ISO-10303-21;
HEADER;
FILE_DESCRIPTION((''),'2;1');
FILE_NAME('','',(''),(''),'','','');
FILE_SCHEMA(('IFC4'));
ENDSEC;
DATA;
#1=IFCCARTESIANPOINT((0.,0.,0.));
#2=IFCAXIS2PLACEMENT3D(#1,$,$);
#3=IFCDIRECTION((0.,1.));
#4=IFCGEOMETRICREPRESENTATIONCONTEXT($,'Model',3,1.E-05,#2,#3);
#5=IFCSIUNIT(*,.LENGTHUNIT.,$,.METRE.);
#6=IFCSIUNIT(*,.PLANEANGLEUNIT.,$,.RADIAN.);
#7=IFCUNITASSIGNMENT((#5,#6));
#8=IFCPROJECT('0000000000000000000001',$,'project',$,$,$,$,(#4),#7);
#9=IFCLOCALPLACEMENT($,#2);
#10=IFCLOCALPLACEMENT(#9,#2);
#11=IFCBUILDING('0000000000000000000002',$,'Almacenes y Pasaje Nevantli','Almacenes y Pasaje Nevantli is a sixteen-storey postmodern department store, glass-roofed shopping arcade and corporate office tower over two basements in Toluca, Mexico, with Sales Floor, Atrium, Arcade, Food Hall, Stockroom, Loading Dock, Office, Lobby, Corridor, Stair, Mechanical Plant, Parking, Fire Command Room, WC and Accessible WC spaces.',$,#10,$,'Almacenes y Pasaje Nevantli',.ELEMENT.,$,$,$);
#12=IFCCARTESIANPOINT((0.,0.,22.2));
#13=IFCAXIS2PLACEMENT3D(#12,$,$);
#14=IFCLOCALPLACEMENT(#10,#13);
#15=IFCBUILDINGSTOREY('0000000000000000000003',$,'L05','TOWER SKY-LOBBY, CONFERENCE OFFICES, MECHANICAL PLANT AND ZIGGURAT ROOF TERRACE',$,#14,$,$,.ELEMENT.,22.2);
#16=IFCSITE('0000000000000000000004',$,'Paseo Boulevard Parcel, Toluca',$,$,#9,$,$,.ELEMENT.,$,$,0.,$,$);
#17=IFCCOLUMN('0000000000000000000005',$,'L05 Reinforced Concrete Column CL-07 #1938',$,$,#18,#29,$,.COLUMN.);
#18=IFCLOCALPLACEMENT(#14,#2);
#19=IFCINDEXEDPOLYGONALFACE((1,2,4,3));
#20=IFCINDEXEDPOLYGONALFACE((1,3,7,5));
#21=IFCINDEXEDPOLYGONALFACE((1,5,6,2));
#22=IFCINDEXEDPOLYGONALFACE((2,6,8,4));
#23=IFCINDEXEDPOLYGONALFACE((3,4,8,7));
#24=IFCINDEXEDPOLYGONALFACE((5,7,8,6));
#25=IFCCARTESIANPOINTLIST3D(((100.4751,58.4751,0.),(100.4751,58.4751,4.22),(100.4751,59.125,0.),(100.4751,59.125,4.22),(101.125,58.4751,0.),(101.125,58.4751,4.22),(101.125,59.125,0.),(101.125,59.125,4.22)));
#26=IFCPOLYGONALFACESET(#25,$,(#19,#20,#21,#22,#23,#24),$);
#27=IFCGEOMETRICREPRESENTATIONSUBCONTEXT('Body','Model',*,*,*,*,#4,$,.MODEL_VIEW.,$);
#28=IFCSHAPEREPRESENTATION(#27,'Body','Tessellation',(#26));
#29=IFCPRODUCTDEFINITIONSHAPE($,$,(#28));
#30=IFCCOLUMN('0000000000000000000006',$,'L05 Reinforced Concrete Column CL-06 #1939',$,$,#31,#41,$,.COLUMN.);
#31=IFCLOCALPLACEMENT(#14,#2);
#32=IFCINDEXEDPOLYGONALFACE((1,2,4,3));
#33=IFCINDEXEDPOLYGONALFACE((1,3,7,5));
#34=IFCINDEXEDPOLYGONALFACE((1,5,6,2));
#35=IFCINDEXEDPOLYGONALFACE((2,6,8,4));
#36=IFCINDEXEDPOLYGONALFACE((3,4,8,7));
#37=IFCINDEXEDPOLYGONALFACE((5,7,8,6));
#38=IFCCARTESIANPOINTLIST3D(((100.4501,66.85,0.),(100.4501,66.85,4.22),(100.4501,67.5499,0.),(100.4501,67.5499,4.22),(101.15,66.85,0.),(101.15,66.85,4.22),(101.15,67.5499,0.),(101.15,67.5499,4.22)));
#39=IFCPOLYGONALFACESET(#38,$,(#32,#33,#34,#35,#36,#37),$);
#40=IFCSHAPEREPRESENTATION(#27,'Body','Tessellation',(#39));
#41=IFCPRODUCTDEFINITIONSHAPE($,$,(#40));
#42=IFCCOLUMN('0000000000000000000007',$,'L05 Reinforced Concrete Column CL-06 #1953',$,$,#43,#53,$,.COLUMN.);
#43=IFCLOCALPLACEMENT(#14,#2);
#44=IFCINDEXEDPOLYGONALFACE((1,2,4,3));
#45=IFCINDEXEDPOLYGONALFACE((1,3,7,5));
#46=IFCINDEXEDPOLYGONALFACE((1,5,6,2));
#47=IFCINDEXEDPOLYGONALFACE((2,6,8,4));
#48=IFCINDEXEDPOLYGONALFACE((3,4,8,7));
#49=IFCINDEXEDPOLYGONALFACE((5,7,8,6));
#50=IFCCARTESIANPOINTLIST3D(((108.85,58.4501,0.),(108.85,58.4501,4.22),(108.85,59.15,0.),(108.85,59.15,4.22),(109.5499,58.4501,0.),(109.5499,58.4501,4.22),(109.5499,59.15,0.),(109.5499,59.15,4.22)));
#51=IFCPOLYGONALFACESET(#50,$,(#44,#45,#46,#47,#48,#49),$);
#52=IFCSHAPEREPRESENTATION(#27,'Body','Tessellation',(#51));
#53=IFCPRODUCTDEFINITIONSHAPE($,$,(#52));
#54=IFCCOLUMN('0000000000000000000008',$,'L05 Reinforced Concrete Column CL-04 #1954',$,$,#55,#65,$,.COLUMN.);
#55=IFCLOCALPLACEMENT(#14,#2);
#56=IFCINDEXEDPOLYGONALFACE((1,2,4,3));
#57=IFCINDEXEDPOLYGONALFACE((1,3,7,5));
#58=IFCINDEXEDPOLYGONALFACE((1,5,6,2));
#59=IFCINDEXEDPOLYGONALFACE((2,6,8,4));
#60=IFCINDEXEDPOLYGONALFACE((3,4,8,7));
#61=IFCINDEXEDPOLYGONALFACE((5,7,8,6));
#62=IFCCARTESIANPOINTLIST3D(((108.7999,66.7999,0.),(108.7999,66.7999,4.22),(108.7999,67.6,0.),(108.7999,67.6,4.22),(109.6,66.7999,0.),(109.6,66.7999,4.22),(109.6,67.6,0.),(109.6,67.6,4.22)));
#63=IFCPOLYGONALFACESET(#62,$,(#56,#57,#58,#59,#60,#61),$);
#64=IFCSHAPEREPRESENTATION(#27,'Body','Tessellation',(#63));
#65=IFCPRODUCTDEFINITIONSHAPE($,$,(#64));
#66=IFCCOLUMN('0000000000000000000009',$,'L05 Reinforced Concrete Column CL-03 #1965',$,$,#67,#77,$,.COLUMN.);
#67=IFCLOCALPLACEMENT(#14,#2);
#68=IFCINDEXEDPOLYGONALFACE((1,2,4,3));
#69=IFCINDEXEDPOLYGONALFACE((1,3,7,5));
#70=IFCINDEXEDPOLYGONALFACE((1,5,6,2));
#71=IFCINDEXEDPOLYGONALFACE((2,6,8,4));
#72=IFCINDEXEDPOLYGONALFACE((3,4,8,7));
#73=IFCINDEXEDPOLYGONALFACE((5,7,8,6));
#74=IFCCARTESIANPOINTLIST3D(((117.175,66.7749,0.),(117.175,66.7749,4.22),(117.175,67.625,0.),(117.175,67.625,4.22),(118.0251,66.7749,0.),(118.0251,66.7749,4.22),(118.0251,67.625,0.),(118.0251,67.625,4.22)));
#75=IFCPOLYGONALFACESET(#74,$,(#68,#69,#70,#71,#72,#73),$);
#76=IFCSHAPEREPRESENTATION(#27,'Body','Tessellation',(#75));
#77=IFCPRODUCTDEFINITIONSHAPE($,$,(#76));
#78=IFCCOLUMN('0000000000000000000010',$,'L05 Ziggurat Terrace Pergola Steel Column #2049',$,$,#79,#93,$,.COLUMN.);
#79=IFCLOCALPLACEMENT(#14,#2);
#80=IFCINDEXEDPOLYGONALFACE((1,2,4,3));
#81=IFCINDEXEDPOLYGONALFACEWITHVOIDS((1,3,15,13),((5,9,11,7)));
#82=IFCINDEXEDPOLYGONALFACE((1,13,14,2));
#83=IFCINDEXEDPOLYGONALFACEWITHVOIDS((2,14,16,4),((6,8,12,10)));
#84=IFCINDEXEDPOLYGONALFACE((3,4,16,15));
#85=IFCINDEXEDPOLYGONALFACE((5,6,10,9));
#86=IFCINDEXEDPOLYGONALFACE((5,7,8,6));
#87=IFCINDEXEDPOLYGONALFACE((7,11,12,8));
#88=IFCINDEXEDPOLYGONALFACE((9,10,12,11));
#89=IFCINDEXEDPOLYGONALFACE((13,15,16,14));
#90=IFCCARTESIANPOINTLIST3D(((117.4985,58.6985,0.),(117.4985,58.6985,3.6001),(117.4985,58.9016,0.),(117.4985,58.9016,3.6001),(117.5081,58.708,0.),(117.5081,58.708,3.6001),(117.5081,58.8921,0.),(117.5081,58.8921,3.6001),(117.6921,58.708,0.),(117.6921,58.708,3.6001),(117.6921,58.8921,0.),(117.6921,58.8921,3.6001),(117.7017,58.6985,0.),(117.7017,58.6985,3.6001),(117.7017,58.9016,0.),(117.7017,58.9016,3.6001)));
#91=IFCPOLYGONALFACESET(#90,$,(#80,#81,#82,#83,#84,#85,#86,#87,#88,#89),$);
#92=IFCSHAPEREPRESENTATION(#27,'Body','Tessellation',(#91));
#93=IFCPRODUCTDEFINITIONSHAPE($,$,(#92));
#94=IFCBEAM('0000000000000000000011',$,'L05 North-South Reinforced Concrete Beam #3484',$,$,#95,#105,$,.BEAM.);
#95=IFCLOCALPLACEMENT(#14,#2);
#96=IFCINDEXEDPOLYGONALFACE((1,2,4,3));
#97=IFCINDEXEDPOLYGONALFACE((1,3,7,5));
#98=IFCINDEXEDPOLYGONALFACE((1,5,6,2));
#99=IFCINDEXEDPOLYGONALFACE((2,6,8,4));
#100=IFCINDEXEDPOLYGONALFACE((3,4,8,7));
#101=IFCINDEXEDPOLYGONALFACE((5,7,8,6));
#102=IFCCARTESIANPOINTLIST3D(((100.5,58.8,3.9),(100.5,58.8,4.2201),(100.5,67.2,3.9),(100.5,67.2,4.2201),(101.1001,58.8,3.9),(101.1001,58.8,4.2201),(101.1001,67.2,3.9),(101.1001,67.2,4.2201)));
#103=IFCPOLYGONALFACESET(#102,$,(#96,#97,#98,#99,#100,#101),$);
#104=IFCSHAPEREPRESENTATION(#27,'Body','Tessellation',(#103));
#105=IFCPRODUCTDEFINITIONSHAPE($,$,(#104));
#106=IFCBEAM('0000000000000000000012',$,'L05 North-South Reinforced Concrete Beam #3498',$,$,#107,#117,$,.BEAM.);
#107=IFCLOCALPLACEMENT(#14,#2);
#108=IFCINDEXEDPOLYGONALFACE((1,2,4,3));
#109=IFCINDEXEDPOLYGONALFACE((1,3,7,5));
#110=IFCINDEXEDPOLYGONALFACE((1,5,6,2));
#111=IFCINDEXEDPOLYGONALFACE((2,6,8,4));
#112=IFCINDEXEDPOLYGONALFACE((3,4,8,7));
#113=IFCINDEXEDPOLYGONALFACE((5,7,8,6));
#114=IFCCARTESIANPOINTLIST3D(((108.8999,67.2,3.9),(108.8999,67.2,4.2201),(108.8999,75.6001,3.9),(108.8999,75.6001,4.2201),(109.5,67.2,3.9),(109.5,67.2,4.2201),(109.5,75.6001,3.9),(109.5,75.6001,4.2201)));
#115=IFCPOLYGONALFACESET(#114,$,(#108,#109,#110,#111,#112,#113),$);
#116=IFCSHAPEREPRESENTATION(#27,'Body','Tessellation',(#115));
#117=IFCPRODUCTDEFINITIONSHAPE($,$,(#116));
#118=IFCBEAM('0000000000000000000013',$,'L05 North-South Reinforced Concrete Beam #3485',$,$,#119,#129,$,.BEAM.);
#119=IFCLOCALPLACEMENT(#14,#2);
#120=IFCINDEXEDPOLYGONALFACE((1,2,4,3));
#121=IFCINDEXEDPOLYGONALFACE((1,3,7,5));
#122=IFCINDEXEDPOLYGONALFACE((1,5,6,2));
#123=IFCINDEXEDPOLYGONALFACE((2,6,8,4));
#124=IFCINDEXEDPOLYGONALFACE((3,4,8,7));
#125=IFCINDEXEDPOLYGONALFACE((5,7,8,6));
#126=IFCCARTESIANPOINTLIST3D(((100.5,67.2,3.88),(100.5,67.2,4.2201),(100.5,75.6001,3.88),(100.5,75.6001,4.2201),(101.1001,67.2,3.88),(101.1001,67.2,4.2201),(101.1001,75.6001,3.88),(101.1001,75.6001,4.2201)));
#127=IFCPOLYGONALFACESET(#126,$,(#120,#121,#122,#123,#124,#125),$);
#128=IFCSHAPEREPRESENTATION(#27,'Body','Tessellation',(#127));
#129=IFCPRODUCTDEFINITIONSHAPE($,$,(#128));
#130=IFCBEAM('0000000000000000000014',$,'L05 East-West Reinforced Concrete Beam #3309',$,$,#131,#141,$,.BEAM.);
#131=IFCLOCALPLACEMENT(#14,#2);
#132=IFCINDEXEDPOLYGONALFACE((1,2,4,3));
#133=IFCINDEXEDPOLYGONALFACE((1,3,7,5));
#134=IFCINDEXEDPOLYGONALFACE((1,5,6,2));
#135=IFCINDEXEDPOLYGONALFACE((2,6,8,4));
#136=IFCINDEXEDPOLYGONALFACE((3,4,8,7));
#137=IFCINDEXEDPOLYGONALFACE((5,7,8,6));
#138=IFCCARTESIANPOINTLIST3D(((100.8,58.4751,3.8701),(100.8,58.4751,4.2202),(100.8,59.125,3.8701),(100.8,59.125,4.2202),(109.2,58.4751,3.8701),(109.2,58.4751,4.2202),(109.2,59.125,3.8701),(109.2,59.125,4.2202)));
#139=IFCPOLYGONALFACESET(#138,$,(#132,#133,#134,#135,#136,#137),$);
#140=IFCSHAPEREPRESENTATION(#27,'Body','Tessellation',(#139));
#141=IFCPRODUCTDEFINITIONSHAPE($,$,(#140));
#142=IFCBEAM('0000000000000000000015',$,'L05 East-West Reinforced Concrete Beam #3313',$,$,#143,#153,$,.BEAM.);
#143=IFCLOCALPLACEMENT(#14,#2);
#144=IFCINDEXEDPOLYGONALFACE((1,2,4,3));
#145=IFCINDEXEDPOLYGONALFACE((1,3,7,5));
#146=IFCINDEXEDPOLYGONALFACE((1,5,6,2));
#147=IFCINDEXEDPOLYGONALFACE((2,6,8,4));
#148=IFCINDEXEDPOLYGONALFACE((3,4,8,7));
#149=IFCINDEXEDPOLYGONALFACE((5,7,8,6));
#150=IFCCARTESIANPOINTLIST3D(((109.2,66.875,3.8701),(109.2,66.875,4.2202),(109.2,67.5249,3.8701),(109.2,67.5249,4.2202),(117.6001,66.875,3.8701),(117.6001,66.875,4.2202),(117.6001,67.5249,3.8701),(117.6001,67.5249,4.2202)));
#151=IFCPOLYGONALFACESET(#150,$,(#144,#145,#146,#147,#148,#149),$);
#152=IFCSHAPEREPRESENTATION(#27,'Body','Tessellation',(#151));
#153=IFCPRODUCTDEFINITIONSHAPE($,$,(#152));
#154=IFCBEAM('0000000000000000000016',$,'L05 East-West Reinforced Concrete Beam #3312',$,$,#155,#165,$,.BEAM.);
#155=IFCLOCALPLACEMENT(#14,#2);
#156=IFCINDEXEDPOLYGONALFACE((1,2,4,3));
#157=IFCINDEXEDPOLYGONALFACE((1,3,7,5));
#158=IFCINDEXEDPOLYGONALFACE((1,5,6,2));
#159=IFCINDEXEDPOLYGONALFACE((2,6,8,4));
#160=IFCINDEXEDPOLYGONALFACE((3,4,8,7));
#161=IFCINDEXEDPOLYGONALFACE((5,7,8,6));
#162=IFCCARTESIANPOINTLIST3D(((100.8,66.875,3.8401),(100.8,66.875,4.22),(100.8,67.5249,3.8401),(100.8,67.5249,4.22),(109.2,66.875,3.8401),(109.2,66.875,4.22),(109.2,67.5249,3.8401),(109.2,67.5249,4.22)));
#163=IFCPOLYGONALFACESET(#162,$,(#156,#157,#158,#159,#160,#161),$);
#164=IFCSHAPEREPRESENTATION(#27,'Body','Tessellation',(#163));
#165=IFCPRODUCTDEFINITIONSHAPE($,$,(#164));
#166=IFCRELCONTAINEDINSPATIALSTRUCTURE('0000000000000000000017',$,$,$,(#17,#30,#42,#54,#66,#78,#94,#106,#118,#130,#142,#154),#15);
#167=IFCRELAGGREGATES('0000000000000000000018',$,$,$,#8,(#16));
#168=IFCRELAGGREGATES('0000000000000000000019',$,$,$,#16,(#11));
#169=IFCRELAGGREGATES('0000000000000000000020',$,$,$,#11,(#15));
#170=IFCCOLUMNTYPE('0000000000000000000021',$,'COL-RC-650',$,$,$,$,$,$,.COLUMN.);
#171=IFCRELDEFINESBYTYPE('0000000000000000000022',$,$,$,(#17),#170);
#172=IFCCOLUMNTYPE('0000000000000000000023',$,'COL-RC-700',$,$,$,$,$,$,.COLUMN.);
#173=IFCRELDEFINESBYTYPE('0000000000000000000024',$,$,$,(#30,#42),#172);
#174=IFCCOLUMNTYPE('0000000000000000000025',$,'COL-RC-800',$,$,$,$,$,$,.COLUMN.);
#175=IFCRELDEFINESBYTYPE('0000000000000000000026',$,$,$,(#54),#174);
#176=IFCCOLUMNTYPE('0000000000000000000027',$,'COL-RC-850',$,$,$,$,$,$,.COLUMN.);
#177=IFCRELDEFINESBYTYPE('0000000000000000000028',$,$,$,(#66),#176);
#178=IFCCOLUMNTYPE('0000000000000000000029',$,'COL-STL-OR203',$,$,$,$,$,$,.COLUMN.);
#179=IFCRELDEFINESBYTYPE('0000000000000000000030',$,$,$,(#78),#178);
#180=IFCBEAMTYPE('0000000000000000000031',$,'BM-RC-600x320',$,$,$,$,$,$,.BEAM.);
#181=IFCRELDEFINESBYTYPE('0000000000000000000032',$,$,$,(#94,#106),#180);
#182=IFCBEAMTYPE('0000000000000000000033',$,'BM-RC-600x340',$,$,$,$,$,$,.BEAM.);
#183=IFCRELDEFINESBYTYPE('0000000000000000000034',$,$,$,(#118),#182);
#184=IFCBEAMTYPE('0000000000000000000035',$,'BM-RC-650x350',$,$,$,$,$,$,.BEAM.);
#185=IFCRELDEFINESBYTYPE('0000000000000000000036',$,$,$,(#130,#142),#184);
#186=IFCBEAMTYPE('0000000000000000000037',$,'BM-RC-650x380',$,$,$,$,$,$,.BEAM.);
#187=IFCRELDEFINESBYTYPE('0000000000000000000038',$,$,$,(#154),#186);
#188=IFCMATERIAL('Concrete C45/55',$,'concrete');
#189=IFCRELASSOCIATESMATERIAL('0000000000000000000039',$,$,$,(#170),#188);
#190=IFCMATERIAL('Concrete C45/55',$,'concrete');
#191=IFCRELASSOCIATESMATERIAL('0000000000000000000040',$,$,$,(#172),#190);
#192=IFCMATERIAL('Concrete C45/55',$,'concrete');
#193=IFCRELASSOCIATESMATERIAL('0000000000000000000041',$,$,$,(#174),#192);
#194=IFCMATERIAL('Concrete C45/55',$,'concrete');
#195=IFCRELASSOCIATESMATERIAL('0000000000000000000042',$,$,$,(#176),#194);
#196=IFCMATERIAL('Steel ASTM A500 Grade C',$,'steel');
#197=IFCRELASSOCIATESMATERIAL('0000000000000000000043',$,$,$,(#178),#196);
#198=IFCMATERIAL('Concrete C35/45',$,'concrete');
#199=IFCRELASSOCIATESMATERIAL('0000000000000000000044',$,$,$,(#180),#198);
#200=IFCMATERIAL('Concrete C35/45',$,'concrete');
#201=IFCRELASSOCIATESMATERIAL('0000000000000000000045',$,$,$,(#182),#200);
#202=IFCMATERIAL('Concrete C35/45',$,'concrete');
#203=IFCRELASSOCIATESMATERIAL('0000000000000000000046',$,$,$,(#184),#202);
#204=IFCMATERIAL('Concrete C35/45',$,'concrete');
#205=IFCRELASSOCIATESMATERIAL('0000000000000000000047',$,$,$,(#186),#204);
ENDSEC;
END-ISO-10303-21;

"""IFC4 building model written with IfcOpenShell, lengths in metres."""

from ifc_helpers import new_model, si_unit, direction, frame, origin, origin_2d, place, context, subcontext, project, spatial, rectangle, hollow_rectangle, extrude, material, material_profile, profile_set, type_object, element, save


model = new_model("IFC4")

# Units and contexts
model_context = context("Model", 3, precision=1e-05, world=origin(), true_north=direction((0.0, 1.0)))
body_context = subcontext(model_context, "Body", "Model", "MODEL_VIEW")
ifc_project = project(units=[si_unit("LENGTHUNIT", "METRE"), si_unit("PLANEANGLEUNIT", "RADIAN")], contexts=[model_context])

# Site, building, storey
site_placement = place(None, origin())
site = spatial("IfcSite", under=ifc_project, at=site_placement, Name="Paseo Boulevard Parcel, Toluca", CompositionType="ELEMENT", RefElevation=0.0)
building_placement = place(site_placement, origin())
building = spatial("IfcBuilding", under=site, at=building_placement, Name="Almacenes y Pasaje Nevantli", Description="Almacenes y Pasaje Nevantli is a sixteen-storey postmodern department store, glass-roofed shopping arcade and corporate office tower over two basements in Toluca, Mexico, with Sales Floor, Atrium, Arcade, Food Hall, Stockroom, Loading Dock, Office, Lobby, Corridor, Stair, Mechanical Plant, Parking, Fire Command Room, WC and Accessible WC spaces.", LongName="Almacenes y Pasaje Nevantli", CompositionType="ELEMENT")
storey_placement = place(building_placement, frame((0.0, 0.0, 22.2)))
storey = spatial("IfcBuildingStorey", under=building, at=storey_placement, Name="L05", Description="TOWER SKY-LOBBY, CONFERENCE OFFICES, MECHANICAL PLANT AND ZIGGURAT ROOF TERRACE", CompositionType="ELEMENT", Elevation=22.2)

# Columns
ifc_material_1 = material(Name="Concrete C45/55", Category="concrete")
ifc_material_profile_1 = material_profile(ifc_material_1, rectangle(XDim=0.6499, YDim=0.6499, at=origin_2d()), Name="RC-COL-650x650")
ifc_profile_set_1 = profile_set([ifc_material_profile_1], Name="Concrete C45/55")
column_type_1 = type_object("IfcColumnType", Name="COL-RC-650", PredefinedType="COLUMN", material=ifc_profile_set_1)
column_1_placement = place(storey_placement, frame((100.8, 58.8, 0.0), z_axis=(0.0, 0.0, 1.0), x_axis=(1.0, 0.0, 0.0)))
element("IfcColumn", 1, at=column_1_placement, inside=storey, type_object=column_type_1, Name="L05 Reinforced Concrete Column CL-07 #1938", PredefinedType="COLUMN", context=body_context, shape_type="SweptSolid", body=[
    extrude(rectangle(XDim=0.6499, YDim=0.6499, at=origin_2d()), origin(), (0.0, 0.0, 1.0), 4.22),
])
ifc_material_2 = material(Name="Concrete C45/55", Category="concrete")
ifc_material_profile_2 = material_profile(ifc_material_2, rectangle(XDim=0.7, YDim=0.7, at=origin_2d()), Name="RC-COL-700x700")
ifc_profile_set_2 = profile_set([ifc_material_profile_2], Name="Concrete C45/55")
column_type_2 = type_object("IfcColumnType", Name="COL-RC-700", PredefinedType="COLUMN", material=ifc_profile_set_2)
for number, where, z_axis, x_axis, name in (
    (2, (100.8, 67.2, 0.0), (0.0, 0.0, 1.0), (1.0, 0.0, 0.0), "L05 Reinforced Concrete Column CL-06 #1939"),
    (3, (109.2, 58.8, 0.0), (0.0, 0.0, 1.0), (1.0, 0.0, 0.0), "L05 Reinforced Concrete Column CL-06 #1953"),
):
    element("IfcColumn", number, at=place(storey_placement, frame(where, z_axis=z_axis, x_axis=x_axis)), inside=storey, type_object=column_type_2, Name=name, PredefinedType="COLUMN", context=body_context, shape_type="SweptSolid", body=[
        extrude(rectangle(XDim=0.7, YDim=0.7, at=origin_2d()), origin(), (0.0, 0.0, 1.0), 4.22),
    ])
ifc_material_3 = material(Name="Concrete C45/55", Category="concrete")
ifc_material_profile_3 = material_profile(ifc_material_3, rectangle(XDim=0.8, YDim=0.8, at=origin_2d()), Name="RC-COL-800x800")
ifc_profile_set_3 = profile_set([ifc_material_profile_3], Name="Concrete C45/55")
column_type_3 = type_object("IfcColumnType", Name="COL-RC-800", PredefinedType="COLUMN", material=ifc_profile_set_3)
column_2_placement = place(storey_placement, frame((109.2, 67.2, 0.0), z_axis=(0.0, 0.0, 1.0), x_axis=(1.0, 0.0, 0.0)))
element("IfcColumn", 4, at=column_2_placement, inside=storey, type_object=column_type_3, Name="L05 Reinforced Concrete Column CL-04 #1954", PredefinedType="COLUMN", context=body_context, shape_type="SweptSolid", body=[
    extrude(rectangle(XDim=0.8, YDim=0.8, at=origin_2d()), origin(), (0.0, 0.0, 1.0), 4.22),
])
ifc_material_4 = material(Name="Concrete C45/55", Category="concrete")
ifc_material_profile_4 = material_profile(ifc_material_4, rectangle(XDim=0.8501, YDim=0.8501, at=origin_2d()), Name="RC-COL-850x850")
ifc_profile_set_4 = profile_set([ifc_material_profile_4], Name="Concrete C45/55")
column_type_4 = type_object("IfcColumnType", Name="COL-RC-850", PredefinedType="COLUMN", material=ifc_profile_set_4)
column_3_placement = place(storey_placement, frame((117.6001, 67.2, 0.0), z_axis=(0.0, 0.0, 1.0), x_axis=(1.0, 0.0, 0.0)))
element("IfcColumn", 5, at=column_3_placement, inside=storey, type_object=column_type_4, Name="L05 Reinforced Concrete Column CL-03 #1965", PredefinedType="COLUMN", context=body_context, shape_type="SweptSolid", body=[
    extrude(rectangle(XDim=0.8501, YDim=0.8501, at=origin_2d()), origin(), (0.0, 0.0, 1.0), 4.22),
])
ifc_material_5 = material(Name="Steel ASTM A500 Grade C", Category="steel")
ifc_material_profile_5 = material_profile(ifc_material_5, hollow_rectangle(XDim=0.2031, YDim=0.2031, WallThickness=0.0095, at=origin_2d()), Name="OR 203x203x9.5")
ifc_profile_set_5 = profile_set([ifc_material_profile_5], Name="Steel ASTM A500 Grade C")
column_type_5 = type_object("IfcColumnType", Name="COL-STL-OR203", PredefinedType="COLUMN", material=ifc_profile_set_5)
column_4_placement = place(storey_placement, frame((117.6001, 58.8, 0.0), z_axis=(0.0, 0.0, 1.0), x_axis=(1.0, 0.0, 0.0)))
element("IfcColumn", 6, at=column_4_placement, inside=storey, type_object=column_type_5, Name="L05 Ziggurat Terrace Pergola Steel Column #2049", PredefinedType="COLUMN", context=body_context, shape_type="SweptSolid", body=[
    extrude(hollow_rectangle(XDim=0.2031, YDim=0.2031, WallThickness=0.0095, at=origin_2d()), origin(), (0.0, 0.0, 1.0), 3.6001),
])

# Beams
ifc_material_6 = material(Name="Concrete C35/45", Category="concrete")
ifc_material_profile_6 = material_profile(ifc_material_6, rectangle(XDim=0.6001, YDim=0.3201, at=origin_2d()), Name="RC-BM-600x320")
ifc_profile_set_6 = profile_set([ifc_material_profile_6], Name="Concrete C35/45")
beam_type_1 = type_object("IfcBeamType", Name="BM-RC-600x320", PredefinedType="BEAM", material=ifc_profile_set_6)
beam_1_placement = place(storey_placement, frame((100.8, 58.8, 4.0601), z_axis=(0.0, 1.0, 0.0), x_axis=(-1.0, 0.0, 0.0)))
element("IfcBeam", 7, at=beam_1_placement, inside=storey, type_object=beam_type_1, Name="L05 North-South Reinforced Concrete Beam #3484", PredefinedType="BEAM", context=body_context, shape_type="SweptSolid", body=[
    extrude(rectangle(XDim=0.6001, YDim=0.3201, at=origin_2d()), origin(), (0.0, 0.0, 1.0), 8.3999),
])
beam_2_placement = place(storey_placement, frame((109.2, 67.2, 4.0601), z_axis=(0.0, 1.0, 0.0), x_axis=(-1.0, 0.0, 0.0)))
element("IfcBeam", 8, at=beam_2_placement, inside=storey, type_object=beam_type_1, Name="L05 North-South Reinforced Concrete Beam #3498", PredefinedType="BEAM", context=body_context, shape_type="SweptSolid", body=[
    extrude(rectangle(XDim=0.6001, YDim=0.3201, at=origin_2d()), origin(), (0.0, 0.0, 1.0), 8.4001),
])
ifc_material_7 = material(Name="Concrete C35/45", Category="concrete")
ifc_material_profile_7 = material_profile(ifc_material_7, rectangle(XDim=0.6001, YDim=0.3401, at=origin_2d()), Name="RC-BM-600x340")
ifc_profile_set_7 = profile_set([ifc_material_profile_7], Name="Concrete C35/45")
beam_type_2 = type_object("IfcBeamType", Name="BM-RC-600x340", PredefinedType="BEAM", material=ifc_profile_set_7)
beam_3_placement = place(storey_placement, frame((100.8, 67.2, 4.05), z_axis=(0.0, 1.0, 0.0), x_axis=(-1.0, 0.0, 0.0)))
element("IfcBeam", 9, at=beam_3_placement, inside=storey, type_object=beam_type_2, Name="L05 North-South Reinforced Concrete Beam #3485", PredefinedType="BEAM", context=body_context, shape_type="SweptSolid", body=[
    extrude(rectangle(XDim=0.6001, YDim=0.3401, at=origin_2d()), origin(), (0.0, 0.0, 1.0), 8.4001),
])
ifc_material_8 = material(Name="Concrete C35/45", Category="concrete")
ifc_material_profile_8 = material_profile(ifc_material_8, rectangle(XDim=0.6499, YDim=0.3501, at=origin_2d()), Name="RC-BM-650x350")
ifc_profile_set_8 = profile_set([ifc_material_profile_8], Name="Concrete C35/45")
beam_type_3 = type_object("IfcBeamType", Name="BM-RC-650x350", PredefinedType="BEAM", material=ifc_profile_set_8)
beam_4_placement = place(storey_placement, frame((100.8, 58.8, 4.0452), z_axis=(1.0, 0.0, 0.0), x_axis=(0.0, 1.0, 0.0)))
element("IfcBeam", 10, at=beam_4_placement, inside=storey, type_object=beam_type_3, Name="L05 East-West Reinforced Concrete Beam #3309", PredefinedType="BEAM", context=body_context, shape_type="SweptSolid", body=[
    extrude(rectangle(XDim=0.6499, YDim=0.3501, at=origin_2d()), origin(), (0.0, 0.0, 1.0), 8.3999),
])
beam_5_placement = place(storey_placement, frame((109.2, 67.2, 4.0452), z_axis=(1.0, 0.0, 0.0), x_axis=(0.0, 1.0, 0.0)))
element("IfcBeam", 11, at=beam_5_placement, inside=storey, type_object=beam_type_3, Name="L05 East-West Reinforced Concrete Beam #3313", PredefinedType="BEAM", context=body_context, shape_type="SweptSolid", body=[
    extrude(rectangle(XDim=0.6499, YDim=0.3501, at=origin_2d()), origin(), (0.0, 0.0, 1.0), 8.4001),
])
ifc_material_9 = material(Name="Concrete C35/45", Category="concrete")
ifc_material_profile_9 = material_profile(ifc_material_9, rectangle(XDim=0.6499, YDim=0.3799, at=origin_2d()), Name="RC-BM-650x380")
ifc_profile_set_9 = profile_set([ifc_material_profile_9], Name="Concrete C35/45")
beam_type_4 = type_object("IfcBeamType", Name="BM-RC-650x380", PredefinedType="BEAM", material=ifc_profile_set_9)
beam_6_placement = place(storey_placement, frame((100.8, 67.2, 4.03), z_axis=(1.0, 0.0, 0.0), x_axis=(0.0, 1.0, 0.0)))
element("IfcBeam", 12, at=beam_6_placement, inside=storey, type_object=beam_type_4, Name="L05 East-West Reinforced Concrete Beam #3312", PredefinedType="BEAM", context=body_context, shape_type="SweptSolid", body=[
    extrude(rectangle(XDim=0.6499, YDim=0.3799, at=origin_2d()), origin(), (0.0, 0.0, 1.0), 8.3999),
])

save(model, "model.ifc")
